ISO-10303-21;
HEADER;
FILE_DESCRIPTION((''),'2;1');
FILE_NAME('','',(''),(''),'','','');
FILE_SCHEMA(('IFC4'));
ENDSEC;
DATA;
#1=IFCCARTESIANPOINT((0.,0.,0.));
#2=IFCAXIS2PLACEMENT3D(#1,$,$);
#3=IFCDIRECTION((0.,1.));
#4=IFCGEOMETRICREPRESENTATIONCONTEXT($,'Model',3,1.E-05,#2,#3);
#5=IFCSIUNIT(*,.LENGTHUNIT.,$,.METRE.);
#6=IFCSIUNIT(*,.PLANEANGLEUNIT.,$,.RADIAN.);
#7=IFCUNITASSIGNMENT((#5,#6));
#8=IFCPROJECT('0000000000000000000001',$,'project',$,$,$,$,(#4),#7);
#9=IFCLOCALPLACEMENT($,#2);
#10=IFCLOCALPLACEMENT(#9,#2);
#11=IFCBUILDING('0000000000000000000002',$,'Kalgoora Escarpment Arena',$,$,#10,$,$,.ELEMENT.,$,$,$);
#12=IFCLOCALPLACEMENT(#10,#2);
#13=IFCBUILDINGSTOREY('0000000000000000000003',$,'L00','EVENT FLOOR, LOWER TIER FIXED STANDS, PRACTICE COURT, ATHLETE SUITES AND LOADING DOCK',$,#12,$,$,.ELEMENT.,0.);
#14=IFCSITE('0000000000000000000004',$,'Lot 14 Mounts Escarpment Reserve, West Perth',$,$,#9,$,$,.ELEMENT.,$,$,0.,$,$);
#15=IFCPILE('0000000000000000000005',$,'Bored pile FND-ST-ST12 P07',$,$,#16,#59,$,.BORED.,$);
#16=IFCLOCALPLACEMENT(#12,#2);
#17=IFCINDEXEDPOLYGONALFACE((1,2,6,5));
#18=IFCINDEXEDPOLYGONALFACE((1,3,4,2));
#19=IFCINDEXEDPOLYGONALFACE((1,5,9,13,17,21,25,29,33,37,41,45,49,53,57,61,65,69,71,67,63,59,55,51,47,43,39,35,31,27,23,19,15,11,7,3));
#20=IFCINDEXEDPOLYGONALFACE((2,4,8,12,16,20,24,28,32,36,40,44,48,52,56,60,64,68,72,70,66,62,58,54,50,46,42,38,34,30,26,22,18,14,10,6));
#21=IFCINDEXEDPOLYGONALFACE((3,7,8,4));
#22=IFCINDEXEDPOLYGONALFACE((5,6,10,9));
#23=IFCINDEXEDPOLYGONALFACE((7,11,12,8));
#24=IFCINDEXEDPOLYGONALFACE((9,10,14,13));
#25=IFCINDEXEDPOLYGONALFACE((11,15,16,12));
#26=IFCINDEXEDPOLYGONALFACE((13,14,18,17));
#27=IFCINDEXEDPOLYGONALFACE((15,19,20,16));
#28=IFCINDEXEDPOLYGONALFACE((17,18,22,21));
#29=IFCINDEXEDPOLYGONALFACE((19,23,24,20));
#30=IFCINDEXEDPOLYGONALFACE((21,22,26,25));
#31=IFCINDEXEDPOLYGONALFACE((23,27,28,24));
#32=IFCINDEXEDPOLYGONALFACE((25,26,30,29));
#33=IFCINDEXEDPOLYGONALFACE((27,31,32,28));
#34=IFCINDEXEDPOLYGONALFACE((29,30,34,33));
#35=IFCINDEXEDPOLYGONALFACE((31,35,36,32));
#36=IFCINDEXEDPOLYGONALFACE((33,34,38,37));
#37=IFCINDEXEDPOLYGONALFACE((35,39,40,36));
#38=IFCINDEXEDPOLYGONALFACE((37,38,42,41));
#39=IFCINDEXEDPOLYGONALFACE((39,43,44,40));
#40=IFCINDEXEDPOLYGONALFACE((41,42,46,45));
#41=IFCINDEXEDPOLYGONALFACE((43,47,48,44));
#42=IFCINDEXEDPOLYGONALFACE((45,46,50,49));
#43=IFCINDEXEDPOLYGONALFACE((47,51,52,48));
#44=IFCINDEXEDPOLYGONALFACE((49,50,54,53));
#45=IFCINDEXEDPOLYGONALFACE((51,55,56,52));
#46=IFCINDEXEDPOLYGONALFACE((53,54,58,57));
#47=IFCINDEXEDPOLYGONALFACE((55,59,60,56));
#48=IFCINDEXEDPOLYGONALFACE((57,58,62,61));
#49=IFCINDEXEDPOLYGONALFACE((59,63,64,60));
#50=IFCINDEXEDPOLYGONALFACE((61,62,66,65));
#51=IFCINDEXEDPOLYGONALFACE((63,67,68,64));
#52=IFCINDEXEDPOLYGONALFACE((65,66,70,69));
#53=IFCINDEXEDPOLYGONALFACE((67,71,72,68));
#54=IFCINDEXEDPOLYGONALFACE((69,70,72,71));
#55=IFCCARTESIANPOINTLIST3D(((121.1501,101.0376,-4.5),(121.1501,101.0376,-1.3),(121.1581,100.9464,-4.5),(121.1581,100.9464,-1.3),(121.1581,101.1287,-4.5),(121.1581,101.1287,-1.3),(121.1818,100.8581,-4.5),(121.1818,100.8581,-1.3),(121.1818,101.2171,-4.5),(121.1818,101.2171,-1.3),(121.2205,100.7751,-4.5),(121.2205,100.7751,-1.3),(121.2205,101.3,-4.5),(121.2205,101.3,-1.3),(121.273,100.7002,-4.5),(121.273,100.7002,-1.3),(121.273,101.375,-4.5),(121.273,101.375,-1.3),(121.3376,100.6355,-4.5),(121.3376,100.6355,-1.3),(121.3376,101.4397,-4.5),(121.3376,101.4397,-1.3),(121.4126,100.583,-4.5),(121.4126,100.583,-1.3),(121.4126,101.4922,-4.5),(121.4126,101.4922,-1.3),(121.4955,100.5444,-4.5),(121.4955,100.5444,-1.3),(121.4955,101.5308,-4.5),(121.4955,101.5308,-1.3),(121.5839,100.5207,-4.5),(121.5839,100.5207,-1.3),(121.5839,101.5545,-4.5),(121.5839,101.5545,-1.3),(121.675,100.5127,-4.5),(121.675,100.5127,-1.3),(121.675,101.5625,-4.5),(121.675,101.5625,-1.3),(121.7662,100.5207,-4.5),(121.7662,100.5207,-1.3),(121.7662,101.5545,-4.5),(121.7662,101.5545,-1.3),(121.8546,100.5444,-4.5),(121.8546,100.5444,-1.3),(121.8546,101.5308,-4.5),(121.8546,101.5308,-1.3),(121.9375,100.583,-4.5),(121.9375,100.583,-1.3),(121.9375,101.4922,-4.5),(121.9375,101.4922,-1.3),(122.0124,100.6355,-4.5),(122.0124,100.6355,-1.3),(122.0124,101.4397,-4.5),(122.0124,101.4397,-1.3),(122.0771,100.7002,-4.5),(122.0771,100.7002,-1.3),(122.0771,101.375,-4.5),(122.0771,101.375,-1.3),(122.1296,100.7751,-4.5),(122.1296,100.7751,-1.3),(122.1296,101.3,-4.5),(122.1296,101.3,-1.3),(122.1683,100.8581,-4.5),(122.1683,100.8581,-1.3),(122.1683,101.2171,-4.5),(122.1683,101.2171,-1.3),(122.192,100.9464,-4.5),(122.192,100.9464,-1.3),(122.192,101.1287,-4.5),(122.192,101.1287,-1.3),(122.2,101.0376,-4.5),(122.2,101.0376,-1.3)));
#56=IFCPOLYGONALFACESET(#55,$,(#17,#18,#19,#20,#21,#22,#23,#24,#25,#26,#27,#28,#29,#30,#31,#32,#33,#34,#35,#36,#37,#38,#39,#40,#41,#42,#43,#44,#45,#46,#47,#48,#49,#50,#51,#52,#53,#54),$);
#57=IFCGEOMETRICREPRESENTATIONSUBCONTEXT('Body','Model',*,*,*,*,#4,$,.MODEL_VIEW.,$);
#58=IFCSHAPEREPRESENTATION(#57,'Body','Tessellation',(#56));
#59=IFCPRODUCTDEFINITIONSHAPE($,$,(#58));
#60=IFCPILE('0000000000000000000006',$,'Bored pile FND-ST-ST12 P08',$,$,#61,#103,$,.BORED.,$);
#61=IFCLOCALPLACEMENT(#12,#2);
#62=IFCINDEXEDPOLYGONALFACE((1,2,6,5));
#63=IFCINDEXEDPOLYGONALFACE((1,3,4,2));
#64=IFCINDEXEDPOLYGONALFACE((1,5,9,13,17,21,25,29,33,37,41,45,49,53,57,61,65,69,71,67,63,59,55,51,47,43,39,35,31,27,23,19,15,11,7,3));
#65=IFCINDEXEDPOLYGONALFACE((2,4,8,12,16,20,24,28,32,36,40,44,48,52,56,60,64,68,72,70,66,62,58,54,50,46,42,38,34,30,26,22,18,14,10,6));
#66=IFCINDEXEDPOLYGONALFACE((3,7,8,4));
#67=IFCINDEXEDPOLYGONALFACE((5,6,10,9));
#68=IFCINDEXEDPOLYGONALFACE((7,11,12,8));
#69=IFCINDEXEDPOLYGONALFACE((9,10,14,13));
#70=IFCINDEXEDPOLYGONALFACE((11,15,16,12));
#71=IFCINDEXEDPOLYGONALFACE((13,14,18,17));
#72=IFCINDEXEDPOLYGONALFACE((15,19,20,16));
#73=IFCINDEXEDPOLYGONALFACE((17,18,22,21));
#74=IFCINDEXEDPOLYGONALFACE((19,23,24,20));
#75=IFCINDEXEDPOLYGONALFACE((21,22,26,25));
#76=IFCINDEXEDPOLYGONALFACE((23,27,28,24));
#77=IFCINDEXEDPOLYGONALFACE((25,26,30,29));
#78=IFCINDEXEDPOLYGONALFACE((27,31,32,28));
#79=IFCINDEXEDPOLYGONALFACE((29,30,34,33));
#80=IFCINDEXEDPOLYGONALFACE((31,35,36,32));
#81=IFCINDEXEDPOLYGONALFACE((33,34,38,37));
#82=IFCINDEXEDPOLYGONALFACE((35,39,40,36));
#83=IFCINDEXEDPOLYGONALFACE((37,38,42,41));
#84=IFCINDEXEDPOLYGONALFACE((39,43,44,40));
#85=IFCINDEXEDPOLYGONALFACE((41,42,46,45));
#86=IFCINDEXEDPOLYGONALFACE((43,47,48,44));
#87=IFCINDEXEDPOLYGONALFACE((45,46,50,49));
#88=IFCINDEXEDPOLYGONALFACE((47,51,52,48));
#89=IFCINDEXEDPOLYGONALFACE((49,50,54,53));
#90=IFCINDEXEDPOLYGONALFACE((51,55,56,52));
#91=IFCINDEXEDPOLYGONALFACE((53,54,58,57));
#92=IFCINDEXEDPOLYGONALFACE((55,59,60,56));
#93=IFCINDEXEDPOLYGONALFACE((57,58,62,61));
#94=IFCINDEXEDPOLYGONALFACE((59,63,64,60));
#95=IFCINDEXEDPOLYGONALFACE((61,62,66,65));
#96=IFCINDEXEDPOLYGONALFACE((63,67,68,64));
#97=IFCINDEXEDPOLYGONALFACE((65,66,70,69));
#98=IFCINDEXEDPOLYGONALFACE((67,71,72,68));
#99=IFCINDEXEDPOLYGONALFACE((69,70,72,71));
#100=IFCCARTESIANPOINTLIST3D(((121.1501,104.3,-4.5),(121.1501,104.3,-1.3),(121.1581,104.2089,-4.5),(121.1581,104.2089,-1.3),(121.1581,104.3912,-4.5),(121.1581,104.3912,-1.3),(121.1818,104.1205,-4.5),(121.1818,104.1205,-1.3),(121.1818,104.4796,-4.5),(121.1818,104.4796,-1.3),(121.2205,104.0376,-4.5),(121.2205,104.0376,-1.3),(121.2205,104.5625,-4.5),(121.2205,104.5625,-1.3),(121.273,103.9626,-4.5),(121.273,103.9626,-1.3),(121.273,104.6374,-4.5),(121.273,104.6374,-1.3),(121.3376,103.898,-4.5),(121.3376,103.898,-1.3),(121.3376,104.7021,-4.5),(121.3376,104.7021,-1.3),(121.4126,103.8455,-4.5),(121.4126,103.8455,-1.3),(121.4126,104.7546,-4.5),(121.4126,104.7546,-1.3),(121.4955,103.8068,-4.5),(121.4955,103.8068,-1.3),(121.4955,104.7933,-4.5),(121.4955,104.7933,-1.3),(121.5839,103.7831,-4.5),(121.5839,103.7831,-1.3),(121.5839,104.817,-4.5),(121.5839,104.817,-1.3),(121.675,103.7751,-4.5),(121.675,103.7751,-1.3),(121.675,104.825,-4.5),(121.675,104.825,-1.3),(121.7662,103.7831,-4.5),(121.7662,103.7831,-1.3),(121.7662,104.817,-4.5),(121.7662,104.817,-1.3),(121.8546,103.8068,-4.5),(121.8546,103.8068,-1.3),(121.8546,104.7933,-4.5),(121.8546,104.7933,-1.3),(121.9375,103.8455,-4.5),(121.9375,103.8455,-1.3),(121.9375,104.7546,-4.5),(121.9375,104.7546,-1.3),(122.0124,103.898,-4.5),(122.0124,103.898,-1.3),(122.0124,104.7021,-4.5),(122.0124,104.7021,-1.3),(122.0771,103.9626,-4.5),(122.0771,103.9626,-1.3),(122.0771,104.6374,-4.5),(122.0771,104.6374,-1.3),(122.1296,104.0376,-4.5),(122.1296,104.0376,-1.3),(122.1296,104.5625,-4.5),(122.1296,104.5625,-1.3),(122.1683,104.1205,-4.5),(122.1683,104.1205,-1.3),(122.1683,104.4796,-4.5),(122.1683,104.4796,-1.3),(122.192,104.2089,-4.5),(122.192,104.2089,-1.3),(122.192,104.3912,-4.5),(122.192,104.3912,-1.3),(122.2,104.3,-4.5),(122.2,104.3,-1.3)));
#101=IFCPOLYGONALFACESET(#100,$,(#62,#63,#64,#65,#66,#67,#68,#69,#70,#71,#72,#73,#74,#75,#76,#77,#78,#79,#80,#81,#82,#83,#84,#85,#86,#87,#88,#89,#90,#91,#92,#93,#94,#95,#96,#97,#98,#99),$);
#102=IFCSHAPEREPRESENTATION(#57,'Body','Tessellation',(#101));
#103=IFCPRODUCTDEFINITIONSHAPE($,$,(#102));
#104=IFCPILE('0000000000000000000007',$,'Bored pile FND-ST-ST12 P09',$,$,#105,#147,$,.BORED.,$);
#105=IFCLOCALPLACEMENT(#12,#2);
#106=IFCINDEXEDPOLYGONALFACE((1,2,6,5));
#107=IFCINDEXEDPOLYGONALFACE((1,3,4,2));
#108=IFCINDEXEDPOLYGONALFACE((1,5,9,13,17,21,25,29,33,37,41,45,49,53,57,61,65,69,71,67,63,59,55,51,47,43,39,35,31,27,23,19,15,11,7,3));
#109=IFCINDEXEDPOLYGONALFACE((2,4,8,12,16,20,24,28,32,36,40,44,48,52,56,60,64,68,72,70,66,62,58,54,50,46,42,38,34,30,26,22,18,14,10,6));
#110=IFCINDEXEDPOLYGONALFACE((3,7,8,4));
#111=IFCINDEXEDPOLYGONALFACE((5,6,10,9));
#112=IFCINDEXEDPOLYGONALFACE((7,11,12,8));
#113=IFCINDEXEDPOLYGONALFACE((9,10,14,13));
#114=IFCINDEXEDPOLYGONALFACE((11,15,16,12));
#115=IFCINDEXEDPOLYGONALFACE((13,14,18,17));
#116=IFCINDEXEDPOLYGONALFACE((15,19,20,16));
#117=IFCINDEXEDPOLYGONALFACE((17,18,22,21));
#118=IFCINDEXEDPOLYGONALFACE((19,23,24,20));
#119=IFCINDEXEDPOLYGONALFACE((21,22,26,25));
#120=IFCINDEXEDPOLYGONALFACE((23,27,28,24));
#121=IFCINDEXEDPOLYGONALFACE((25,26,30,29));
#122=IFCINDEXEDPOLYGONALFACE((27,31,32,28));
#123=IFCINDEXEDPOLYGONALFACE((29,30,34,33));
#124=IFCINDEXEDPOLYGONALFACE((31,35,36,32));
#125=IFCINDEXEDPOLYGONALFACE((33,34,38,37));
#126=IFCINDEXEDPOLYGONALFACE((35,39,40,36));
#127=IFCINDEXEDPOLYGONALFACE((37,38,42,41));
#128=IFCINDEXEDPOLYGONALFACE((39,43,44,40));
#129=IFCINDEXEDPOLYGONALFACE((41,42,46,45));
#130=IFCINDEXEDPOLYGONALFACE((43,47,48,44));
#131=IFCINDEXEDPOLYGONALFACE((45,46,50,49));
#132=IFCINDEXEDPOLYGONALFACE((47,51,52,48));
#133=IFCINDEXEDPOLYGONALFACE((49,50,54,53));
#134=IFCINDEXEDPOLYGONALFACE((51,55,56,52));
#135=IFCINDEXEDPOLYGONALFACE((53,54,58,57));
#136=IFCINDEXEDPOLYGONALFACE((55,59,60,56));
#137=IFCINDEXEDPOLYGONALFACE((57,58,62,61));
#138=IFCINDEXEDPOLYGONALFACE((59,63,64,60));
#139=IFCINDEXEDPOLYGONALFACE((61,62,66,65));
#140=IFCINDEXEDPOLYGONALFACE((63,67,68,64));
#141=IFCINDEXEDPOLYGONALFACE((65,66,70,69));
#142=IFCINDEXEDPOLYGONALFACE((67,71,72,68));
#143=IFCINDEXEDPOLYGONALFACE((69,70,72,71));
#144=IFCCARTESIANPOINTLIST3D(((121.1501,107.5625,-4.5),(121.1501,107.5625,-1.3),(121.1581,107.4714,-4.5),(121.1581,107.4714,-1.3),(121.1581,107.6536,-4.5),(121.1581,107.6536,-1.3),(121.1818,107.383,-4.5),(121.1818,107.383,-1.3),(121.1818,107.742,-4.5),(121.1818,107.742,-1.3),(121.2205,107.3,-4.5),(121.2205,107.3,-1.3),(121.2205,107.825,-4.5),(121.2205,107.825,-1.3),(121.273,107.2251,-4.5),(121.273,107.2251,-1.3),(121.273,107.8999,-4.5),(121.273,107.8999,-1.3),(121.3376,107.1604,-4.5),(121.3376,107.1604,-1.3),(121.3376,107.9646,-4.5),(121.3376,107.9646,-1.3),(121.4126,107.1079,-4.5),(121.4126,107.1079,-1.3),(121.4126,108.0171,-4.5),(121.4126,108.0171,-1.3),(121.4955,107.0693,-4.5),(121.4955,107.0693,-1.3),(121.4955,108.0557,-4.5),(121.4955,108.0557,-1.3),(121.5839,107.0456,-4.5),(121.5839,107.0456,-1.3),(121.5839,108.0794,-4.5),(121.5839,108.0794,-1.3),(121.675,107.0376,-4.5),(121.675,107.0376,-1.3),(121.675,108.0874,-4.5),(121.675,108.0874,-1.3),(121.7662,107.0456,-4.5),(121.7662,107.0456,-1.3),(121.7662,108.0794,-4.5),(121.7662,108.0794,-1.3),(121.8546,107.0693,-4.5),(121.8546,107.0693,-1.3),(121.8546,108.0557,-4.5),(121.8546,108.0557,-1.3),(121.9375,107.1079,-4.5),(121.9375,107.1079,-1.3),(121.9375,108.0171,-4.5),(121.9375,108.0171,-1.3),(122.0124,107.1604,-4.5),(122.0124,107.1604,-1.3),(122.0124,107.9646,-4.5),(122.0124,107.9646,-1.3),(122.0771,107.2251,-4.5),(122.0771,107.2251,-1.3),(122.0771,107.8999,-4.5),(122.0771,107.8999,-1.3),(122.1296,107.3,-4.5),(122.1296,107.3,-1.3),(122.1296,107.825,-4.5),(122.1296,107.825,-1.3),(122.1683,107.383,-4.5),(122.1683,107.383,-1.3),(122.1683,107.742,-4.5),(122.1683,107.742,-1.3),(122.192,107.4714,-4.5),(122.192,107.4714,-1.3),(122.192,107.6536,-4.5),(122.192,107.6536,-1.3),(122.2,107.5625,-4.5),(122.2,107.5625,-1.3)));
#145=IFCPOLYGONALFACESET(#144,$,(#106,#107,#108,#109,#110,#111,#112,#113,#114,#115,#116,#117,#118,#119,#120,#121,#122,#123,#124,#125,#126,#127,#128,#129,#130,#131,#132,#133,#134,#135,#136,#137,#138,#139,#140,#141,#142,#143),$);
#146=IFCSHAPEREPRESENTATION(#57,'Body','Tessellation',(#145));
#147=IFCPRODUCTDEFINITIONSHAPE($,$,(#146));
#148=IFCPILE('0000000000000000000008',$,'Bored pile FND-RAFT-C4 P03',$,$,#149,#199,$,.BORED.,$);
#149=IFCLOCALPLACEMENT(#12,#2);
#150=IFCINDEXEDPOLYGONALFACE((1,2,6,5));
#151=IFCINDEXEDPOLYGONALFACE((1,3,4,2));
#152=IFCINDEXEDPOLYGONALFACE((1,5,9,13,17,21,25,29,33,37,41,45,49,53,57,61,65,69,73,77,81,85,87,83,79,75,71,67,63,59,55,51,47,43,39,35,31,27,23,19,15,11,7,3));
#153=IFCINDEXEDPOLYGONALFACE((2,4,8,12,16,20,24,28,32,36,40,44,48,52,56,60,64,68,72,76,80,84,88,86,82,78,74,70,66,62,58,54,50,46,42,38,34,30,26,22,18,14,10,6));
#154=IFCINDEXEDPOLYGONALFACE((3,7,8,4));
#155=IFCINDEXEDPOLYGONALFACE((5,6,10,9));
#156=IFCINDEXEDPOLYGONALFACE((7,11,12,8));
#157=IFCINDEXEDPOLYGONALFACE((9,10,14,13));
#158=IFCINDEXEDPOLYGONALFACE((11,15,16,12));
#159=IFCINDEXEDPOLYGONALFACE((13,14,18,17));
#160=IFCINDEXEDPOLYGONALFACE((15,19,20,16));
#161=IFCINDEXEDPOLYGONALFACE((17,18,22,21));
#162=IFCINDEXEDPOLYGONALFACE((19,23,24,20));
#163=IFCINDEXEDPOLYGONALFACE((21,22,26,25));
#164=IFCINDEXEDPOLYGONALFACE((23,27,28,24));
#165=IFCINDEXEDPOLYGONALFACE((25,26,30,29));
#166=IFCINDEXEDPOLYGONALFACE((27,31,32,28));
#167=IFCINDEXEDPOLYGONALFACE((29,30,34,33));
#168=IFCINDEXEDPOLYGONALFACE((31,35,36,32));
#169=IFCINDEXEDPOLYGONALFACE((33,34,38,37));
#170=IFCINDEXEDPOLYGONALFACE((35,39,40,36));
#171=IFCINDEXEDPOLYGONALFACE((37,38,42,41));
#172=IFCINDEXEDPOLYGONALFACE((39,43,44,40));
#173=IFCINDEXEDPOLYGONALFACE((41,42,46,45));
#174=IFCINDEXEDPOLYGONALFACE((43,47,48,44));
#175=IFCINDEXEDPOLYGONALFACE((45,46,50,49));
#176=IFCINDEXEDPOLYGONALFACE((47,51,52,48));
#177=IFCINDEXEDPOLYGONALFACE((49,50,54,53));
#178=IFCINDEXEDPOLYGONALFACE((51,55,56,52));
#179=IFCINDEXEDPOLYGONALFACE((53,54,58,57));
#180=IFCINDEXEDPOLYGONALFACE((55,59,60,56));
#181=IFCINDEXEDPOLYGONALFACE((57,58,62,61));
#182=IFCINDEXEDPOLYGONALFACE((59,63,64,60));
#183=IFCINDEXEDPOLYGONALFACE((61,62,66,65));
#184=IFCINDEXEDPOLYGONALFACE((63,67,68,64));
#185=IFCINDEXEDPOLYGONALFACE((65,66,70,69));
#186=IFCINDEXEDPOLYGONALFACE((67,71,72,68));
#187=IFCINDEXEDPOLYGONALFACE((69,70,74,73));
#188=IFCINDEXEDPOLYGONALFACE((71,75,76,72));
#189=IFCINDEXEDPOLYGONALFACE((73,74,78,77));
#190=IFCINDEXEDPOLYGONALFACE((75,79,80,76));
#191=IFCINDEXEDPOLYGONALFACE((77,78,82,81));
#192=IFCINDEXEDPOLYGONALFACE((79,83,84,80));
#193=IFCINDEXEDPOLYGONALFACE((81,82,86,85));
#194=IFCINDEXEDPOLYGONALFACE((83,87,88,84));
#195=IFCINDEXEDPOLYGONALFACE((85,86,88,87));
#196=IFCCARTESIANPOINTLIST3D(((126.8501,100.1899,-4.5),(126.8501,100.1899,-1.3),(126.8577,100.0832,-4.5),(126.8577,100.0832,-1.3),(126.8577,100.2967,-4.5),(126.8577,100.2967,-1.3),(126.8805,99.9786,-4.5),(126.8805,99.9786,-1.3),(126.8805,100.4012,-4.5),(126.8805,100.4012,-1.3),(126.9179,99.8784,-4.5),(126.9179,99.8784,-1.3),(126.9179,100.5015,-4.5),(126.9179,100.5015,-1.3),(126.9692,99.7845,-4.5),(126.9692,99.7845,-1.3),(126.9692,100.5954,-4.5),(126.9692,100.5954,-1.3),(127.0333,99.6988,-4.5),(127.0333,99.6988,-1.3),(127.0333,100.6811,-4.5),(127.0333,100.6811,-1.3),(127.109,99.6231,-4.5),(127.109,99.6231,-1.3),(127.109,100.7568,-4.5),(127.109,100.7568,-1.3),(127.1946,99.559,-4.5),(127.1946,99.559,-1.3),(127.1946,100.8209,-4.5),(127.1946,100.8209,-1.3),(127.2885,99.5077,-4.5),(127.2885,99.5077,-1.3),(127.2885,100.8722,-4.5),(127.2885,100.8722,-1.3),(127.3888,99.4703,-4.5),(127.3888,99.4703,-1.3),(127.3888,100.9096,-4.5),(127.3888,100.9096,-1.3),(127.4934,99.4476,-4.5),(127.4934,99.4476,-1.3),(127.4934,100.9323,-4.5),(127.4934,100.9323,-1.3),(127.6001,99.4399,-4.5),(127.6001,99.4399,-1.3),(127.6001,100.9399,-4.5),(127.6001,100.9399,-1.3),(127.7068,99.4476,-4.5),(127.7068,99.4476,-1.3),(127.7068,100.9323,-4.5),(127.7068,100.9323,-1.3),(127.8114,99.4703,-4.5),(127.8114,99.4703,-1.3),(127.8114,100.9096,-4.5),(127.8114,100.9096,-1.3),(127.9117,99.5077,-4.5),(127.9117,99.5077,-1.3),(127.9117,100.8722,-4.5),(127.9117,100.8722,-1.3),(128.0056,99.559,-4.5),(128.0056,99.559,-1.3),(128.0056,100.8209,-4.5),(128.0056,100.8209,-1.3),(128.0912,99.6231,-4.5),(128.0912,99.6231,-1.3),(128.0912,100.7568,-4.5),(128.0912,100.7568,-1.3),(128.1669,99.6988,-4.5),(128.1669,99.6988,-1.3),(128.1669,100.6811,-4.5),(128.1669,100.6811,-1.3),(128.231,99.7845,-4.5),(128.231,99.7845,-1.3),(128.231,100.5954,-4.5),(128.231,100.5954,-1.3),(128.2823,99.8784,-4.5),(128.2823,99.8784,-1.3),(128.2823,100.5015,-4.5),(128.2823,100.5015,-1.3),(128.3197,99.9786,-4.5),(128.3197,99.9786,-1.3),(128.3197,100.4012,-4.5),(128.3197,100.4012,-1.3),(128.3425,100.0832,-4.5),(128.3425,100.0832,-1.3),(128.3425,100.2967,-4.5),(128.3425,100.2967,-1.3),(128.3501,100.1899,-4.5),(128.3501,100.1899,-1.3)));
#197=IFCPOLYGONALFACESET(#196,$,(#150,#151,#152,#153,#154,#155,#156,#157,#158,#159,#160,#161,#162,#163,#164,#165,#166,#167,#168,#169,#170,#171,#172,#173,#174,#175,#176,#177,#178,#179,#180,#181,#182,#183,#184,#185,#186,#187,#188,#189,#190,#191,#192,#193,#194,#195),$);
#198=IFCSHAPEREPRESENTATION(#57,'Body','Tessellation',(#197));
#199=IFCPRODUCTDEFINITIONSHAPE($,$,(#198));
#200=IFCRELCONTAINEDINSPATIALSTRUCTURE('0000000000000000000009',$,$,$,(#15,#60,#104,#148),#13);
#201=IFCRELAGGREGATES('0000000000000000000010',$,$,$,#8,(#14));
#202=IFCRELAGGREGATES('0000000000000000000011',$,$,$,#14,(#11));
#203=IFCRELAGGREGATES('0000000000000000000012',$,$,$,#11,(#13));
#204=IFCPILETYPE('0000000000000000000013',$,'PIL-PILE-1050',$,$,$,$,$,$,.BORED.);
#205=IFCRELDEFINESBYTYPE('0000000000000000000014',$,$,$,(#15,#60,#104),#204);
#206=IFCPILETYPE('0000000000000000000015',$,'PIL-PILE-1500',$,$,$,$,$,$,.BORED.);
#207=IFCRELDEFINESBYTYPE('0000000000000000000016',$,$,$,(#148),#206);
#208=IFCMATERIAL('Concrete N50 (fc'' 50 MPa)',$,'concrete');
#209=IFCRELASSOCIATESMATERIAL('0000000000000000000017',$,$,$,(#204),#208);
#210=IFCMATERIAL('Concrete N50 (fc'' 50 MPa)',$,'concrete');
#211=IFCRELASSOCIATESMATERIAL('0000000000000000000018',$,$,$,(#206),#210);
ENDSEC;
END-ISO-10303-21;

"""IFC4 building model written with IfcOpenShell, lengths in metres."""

from ifc_helpers import new_model, si_unit, direction, frame, origin, origin_2d, place, context, subcontext, project, spatial, circle, extrude, material, material_profile, profile_set, type_object, element, save


model = new_model("IFC4")

# Units and contexts
model_context = context("Model", 3, precision=1e-05, world=origin(), true_north=direction((0.0, 1.0)))
body_context = subcontext(model_context, "Body", "Model", "MODEL_VIEW")
ifc_project = project(units=[si_unit("LENGTHUNIT", "METRE"), si_unit("PLANEANGLEUNIT", "RADIAN")], contexts=[model_context])

# Site, building, storey
site_placement = place(None, origin())
site = spatial("IfcSite", under=ifc_project, at=site_placement, Name="Lot 14 Mounts Escarpment Reserve, West Perth", CompositionType="ELEMENT", RefElevation=0.0)
building_placement = place(site_placement, origin())
building = spatial("IfcBuilding", under=site, at=building_placement, Name="Kalgoora Escarpment Arena", CompositionType="ELEMENT")
storey_placement = place(building_placement, origin())
storey = spatial("IfcBuildingStorey", under=building, at=storey_placement, Name="L00", Description="EVENT FLOOR, LOWER TIER FIXED STANDS, PRACTICE COURT, ATHLETE SUITES AND LOADING DOCK", CompositionType="ELEMENT", Elevation=0.0)

# Piles
ifc_material_1 = material(Name="Concrete N50 (fc' 50 MPa)", Category="concrete")
ifc_material_profile_1 = material_profile(ifc_material_1, circle(Radius=0.5249, at=origin_2d()))
ifc_profile_set_1 = profile_set([ifc_material_profile_1], Name="Concrete N50 (fc' 50 MPa)")
pile_type_1 = type_object("IfcPileType", Name="PIL-PILE-1050", PredefinedType="BORED", material=ifc_profile_set_1)
for number, where, z_axis, x_axis, name in (
    (1, (121.675, 101.0376, -1.3), (0.0, 0.0, -1.0), (1.0, 0.0, 0.0), "Bored pile FND-ST-ST12 P07"),
    (2, (121.675, 104.3, -1.3), (0.0, 0.0, -1.0), (1.0, 0.0, 0.0), "Bored pile FND-ST-ST12 P08"),
    (3, (121.675, 107.5625, -1.3), (0.0, 0.0, -1.0), (1.0, 0.0, 0.0), "Bored pile FND-ST-ST12 P09"),
):
    element("IfcPile", number, at=place(storey_placement, frame(where, z_axis=z_axis, x_axis=x_axis)), inside=storey, type_object=pile_type_1, Name=name, PredefinedType="BORED", context=body_context, shape_type="SweptSolid", body=[
        extrude(circle(Radius=0.5249, at=origin_2d()), origin(), (0.0, 0.0, 1.0), 3.2),
    ])
ifc_material_2 = material(Name="Concrete N50 (fc' 50 MPa)", Category="concrete")
ifc_material_profile_2 = material_profile(ifc_material_2, circle(Radius=0.75, at=origin_2d()))
ifc_profile_set_2 = profile_set([ifc_material_profile_2], Name="Concrete N50 (fc' 50 MPa)")
pile_type_2 = type_object("IfcPileType", Name="PIL-PILE-1500", PredefinedType="BORED", material=ifc_profile_set_2)
for number, where, z_axis, x_axis, name in (
    (4, (127.6001, 100.1899, -1.3), (0.0, 0.0, -1.0), (1.0, 0.0, 0.0), "Bored pile FND-RAFT-C4 P03"),
):
    element("IfcPile", number, at=place(storey_placement, frame(where, z_axis=z_axis, x_axis=x_axis)), inside=storey, type_object=pile_type_2, Name=name, PredefinedType="BORED", context=body_context, shape_type="SweptSolid", body=[
        extrude(circle(Radius=0.75, at=origin_2d()), origin(), (0.0, 0.0, 1.0), 3.2),
    ])

save(model, "model.ifc")
